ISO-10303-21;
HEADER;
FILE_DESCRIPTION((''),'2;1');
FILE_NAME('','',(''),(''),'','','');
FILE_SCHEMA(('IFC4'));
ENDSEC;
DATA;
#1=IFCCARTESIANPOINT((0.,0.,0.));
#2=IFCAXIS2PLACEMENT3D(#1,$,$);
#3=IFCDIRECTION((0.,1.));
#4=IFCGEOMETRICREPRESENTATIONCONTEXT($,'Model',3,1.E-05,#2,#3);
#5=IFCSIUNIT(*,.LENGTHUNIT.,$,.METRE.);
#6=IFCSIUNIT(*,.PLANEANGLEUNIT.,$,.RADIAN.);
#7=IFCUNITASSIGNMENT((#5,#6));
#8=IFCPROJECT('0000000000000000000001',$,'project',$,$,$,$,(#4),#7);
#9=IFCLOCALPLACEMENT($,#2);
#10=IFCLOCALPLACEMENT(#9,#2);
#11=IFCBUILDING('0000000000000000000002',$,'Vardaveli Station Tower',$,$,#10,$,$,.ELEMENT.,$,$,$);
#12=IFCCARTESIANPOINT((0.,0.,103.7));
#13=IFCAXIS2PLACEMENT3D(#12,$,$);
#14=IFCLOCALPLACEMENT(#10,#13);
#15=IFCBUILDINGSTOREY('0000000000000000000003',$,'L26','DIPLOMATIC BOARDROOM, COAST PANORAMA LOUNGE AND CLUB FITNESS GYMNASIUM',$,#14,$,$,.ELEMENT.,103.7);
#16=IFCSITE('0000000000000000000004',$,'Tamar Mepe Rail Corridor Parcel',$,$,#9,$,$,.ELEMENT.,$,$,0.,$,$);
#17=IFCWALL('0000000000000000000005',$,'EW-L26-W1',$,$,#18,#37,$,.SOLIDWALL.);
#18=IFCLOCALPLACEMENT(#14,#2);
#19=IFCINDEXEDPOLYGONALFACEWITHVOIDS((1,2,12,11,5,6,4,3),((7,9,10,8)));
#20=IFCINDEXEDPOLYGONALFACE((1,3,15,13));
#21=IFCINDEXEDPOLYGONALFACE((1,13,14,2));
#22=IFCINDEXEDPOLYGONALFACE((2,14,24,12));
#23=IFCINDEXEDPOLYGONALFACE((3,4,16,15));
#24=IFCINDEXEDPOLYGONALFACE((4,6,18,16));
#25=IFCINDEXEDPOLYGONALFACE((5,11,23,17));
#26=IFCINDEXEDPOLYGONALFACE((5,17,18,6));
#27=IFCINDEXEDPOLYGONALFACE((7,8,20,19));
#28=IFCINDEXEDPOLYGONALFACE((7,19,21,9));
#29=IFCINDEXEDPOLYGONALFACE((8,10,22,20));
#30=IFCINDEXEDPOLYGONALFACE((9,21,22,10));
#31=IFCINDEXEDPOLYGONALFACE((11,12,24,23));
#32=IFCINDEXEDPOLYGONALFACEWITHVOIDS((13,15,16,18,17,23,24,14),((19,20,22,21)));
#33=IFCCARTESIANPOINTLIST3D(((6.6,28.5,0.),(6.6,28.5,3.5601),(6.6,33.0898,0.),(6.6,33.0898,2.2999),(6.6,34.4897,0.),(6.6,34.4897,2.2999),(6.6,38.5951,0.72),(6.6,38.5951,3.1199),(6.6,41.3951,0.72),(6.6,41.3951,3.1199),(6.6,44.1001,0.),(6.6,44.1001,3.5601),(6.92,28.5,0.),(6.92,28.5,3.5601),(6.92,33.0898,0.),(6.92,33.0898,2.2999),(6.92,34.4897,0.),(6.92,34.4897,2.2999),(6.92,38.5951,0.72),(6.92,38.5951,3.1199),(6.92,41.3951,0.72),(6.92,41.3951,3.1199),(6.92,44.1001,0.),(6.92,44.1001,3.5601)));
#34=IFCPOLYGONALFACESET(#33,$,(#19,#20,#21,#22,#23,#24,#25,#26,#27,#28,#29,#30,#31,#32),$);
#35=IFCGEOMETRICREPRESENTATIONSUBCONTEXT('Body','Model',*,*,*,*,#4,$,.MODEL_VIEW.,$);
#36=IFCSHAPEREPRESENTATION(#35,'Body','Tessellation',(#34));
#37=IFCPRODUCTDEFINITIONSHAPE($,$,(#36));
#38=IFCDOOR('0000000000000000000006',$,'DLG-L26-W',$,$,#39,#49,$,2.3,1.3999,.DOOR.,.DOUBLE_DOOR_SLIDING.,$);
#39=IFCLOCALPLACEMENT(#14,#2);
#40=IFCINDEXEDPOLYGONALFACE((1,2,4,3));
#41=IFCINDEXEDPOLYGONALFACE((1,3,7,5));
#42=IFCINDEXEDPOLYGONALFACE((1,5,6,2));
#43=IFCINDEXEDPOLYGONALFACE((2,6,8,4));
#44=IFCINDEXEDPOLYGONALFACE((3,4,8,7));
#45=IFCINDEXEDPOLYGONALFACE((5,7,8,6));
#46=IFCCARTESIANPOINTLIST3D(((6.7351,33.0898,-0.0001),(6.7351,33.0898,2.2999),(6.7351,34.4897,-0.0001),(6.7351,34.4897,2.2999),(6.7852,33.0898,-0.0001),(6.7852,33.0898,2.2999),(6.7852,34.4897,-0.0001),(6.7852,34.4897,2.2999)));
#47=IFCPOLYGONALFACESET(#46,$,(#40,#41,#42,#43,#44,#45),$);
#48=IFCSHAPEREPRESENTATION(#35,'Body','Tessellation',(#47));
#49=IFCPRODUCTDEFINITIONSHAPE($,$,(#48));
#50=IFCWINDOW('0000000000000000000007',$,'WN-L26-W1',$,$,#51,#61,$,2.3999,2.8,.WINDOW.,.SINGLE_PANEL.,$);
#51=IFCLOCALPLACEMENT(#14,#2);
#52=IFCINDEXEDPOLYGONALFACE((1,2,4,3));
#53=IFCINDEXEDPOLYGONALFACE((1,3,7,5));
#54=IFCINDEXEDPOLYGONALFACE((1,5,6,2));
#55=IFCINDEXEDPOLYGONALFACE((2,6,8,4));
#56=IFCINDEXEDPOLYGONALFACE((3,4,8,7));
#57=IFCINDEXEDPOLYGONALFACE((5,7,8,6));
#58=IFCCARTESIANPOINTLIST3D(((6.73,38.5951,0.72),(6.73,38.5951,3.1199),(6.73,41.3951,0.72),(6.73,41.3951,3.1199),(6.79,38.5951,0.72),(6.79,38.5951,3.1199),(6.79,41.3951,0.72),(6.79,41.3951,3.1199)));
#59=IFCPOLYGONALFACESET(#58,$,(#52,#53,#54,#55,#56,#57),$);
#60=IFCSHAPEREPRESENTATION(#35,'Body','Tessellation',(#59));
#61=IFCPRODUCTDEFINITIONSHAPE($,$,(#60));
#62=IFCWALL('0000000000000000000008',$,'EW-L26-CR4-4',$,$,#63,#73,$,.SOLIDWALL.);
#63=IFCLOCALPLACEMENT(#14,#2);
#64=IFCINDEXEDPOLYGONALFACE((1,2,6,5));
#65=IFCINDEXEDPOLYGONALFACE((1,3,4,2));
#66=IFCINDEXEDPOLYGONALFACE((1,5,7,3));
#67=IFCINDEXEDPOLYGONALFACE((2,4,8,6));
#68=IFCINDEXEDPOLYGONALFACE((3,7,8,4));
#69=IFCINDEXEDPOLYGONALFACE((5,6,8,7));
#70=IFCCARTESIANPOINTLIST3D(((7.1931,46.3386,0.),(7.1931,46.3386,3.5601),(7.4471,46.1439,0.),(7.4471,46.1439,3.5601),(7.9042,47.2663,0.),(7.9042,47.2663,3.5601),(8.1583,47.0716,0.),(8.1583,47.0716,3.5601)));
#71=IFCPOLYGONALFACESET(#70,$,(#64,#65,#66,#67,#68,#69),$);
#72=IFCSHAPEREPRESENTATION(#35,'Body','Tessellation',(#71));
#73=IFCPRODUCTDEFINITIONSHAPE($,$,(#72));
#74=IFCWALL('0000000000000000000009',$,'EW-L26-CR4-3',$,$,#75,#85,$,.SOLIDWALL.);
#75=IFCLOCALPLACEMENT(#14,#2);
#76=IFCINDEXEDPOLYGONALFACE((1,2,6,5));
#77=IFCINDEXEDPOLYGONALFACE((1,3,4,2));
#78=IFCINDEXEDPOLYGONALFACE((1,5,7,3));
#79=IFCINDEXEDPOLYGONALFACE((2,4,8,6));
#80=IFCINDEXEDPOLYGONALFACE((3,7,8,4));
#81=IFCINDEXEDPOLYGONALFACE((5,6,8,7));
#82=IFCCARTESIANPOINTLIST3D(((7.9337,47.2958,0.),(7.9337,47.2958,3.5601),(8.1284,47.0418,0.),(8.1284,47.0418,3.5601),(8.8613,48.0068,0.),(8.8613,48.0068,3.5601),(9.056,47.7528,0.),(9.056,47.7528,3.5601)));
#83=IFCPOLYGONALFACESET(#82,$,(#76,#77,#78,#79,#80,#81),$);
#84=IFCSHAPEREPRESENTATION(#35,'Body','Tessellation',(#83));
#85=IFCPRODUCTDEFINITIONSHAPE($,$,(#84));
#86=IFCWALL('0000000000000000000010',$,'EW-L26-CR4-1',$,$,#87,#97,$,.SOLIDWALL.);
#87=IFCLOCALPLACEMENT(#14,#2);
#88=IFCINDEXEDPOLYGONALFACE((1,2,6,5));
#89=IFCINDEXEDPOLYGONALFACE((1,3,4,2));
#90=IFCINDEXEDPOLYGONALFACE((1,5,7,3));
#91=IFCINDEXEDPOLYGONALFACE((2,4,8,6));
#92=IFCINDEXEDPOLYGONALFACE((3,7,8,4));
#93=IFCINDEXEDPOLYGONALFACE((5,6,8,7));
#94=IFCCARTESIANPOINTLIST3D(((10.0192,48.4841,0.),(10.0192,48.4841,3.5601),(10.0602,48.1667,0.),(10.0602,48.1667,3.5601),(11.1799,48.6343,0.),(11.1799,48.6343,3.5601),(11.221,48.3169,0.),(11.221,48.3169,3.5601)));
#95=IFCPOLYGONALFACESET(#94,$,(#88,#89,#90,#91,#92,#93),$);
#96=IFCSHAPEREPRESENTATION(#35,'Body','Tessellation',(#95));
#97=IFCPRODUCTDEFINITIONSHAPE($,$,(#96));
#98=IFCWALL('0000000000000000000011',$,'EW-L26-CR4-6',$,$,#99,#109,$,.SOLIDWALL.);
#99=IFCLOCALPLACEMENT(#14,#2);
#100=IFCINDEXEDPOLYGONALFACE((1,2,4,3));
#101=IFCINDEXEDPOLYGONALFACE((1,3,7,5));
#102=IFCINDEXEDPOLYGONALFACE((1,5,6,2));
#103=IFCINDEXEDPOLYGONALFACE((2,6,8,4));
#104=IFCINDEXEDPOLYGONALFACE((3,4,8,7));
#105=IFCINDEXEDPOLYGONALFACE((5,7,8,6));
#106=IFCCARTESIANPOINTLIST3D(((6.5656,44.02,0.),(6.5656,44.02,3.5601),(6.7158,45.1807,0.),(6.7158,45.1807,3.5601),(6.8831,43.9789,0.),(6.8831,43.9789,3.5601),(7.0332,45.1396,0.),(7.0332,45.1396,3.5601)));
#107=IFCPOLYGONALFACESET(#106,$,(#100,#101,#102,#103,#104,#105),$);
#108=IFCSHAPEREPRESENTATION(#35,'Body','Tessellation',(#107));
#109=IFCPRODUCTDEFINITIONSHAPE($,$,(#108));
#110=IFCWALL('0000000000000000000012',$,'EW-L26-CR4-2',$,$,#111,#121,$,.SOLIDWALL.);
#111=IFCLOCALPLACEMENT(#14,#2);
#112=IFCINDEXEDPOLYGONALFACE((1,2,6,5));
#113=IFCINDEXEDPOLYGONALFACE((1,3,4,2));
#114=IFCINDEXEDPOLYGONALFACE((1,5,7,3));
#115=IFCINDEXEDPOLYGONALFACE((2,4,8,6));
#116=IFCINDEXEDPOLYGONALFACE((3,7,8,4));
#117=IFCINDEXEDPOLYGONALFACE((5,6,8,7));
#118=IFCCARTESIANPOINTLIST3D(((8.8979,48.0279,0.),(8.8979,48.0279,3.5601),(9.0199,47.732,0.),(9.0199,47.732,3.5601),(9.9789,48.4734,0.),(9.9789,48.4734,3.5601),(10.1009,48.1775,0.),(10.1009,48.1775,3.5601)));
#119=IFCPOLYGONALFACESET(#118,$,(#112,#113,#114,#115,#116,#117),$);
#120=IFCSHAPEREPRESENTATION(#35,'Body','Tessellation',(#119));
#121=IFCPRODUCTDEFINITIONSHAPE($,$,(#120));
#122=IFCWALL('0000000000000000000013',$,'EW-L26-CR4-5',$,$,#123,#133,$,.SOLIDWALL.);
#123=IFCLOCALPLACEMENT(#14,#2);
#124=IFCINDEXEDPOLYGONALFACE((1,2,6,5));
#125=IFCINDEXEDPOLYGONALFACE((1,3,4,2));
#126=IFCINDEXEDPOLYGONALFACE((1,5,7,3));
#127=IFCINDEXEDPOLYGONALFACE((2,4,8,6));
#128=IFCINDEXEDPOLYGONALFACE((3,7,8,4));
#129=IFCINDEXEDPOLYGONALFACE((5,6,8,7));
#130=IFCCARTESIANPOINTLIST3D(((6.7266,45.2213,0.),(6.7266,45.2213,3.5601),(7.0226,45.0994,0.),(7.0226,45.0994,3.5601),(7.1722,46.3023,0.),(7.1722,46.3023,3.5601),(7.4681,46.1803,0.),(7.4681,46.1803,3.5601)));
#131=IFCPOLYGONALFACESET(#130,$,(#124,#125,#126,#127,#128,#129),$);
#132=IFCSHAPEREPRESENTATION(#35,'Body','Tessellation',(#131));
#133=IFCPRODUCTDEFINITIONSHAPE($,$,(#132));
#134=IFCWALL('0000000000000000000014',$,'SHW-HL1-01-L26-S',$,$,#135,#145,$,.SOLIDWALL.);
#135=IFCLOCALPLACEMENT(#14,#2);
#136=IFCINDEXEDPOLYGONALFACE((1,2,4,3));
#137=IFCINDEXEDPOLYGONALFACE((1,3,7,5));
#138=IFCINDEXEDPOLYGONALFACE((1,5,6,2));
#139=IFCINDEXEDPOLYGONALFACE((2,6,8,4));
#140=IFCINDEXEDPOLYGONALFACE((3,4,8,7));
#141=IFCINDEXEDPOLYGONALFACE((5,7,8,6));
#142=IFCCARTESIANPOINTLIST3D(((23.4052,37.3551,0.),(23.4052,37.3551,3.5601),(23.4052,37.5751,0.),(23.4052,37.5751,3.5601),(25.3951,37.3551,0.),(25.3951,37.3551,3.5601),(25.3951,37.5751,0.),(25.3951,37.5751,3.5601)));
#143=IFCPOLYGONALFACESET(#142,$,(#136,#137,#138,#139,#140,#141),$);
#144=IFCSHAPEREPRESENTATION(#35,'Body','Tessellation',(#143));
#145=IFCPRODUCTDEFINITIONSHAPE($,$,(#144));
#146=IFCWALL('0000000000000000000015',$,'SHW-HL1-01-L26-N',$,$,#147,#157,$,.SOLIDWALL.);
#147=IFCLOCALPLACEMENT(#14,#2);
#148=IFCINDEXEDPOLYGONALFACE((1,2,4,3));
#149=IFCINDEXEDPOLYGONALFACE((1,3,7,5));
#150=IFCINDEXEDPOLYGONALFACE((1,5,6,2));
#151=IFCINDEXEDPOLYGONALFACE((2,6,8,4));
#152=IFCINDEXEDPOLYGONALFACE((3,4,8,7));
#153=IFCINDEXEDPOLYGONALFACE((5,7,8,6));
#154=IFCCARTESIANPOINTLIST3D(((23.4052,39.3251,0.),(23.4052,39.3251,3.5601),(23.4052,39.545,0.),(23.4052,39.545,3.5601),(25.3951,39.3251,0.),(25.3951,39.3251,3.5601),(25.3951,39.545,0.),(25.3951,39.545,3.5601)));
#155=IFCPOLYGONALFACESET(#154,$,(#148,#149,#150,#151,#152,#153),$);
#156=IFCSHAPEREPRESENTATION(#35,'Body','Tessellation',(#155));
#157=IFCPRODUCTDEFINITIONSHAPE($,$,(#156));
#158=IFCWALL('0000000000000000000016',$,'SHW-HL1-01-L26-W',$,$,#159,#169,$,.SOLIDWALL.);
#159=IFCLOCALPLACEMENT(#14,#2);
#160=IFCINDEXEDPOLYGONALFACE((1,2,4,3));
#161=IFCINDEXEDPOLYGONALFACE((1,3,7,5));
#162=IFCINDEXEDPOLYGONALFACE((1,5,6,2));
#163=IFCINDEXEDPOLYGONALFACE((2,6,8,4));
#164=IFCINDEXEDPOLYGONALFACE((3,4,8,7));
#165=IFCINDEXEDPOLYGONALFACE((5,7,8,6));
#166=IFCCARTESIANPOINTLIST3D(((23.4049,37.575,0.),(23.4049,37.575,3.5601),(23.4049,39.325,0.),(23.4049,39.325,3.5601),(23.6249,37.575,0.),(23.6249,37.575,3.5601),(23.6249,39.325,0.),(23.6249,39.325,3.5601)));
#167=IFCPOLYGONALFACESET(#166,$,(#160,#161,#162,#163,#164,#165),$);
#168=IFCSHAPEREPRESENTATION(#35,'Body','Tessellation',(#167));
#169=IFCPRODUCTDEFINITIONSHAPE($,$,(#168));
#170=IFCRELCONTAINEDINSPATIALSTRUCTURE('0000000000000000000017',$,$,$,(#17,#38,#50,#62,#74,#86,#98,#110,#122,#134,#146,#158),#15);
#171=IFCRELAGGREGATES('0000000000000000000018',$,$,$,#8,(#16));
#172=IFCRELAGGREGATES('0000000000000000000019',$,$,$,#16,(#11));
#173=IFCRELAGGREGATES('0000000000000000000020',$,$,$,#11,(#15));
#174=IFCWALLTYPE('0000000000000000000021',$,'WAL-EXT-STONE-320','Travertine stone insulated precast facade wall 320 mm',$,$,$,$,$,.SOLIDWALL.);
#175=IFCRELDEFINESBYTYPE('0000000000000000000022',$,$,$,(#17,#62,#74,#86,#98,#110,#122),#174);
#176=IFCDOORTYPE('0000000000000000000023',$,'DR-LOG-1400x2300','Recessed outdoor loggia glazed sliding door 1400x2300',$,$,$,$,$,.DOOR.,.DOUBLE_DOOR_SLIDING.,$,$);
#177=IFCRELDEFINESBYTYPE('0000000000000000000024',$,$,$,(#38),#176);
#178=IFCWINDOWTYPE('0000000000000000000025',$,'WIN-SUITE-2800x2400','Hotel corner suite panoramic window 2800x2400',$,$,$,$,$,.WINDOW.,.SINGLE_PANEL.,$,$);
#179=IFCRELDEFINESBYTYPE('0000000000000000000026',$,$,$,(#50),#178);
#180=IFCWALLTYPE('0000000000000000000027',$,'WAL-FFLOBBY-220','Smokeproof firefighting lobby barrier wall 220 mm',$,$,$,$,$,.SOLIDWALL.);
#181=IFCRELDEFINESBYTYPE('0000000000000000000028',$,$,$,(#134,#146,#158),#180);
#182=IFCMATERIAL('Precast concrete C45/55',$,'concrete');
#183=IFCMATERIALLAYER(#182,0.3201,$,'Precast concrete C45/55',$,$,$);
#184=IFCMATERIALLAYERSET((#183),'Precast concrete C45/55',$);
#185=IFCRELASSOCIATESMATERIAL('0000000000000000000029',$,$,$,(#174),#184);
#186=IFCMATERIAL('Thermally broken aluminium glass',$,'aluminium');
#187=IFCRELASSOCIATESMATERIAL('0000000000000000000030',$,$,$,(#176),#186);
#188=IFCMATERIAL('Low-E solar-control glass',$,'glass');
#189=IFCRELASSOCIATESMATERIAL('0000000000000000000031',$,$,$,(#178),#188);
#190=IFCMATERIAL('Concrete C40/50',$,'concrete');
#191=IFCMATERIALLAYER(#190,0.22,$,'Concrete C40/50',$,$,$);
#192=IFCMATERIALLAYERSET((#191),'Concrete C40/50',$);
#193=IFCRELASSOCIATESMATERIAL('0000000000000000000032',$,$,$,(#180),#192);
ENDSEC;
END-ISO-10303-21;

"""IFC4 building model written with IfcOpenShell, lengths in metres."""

from ifc_helpers import new_model, si_unit, direction, frame, frame_2d, origin, place, context, subcontext, project, spatial, rectangle, extrude, source, transform, mapped, material, layer, layer_set, type_object, element, fill, save


model = new_model("IFC4")

# Units and contexts
model_context = context("Model", 3, precision=1e-05, world=origin(), true_north=direction((0.0, 1.0)))
body_context = subcontext(model_context, "Body", "Model", "MODEL_VIEW")
ifc_project = project(units=[si_unit("LENGTHUNIT", "METRE"), si_unit("PLANEANGLEUNIT", "RADIAN")], contexts=[model_context])

# Site, building, storey
site_placement = place(None, origin())
site = spatial("IfcSite", under=ifc_project, at=site_placement, Name="Tamar Mepe Rail Corridor Parcel", CompositionType="ELEMENT", RefElevation=0.0)
building_placement = place(site_placement, origin())
building = spatial("IfcBuilding", under=site, at=building_placement, Name="Vardaveli Station Tower", CompositionType="ELEMENT")
storey_placement = place(building_placement, frame((0.0, 0.0, 103.7)))
storey = spatial("IfcBuildingStorey", under=building, at=storey_placement, Name="L26", Description="DIPLOMATIC BOARDROOM, COAST PANORAMA LOUNGE AND CLUB FITNESS GYMNASIUM", CompositionType="ELEMENT", Elevation=103.7)

# Shared definitions
ifc_material_1 = material(Name="Precast concrete C45/55", Category="concrete")

# Wall, openings, door, window
ifc_layer_1 = layer(ifc_material_1, 0.3201, Name="Precast concrete C45/55")
ifc_layer_set_1 = layer_set([ifc_layer_1], Name="Precast concrete C45/55")
wall_type_1 = type_object("IfcWallType", Name="WAL-EXT-STONE-320", Description="Travertine stone insulated precast facade wall 320 mm", PredefinedType="SOLIDWALL", material=ifc_layer_set_1)
shared_shape_1 = source(origin(), body_context, "Body", "SweptSolid", [
    extrude(rectangle(XDim=15.6001, YDim=0.3201, at=frame_2d((7.8, 0.0))), origin(), (0.0, 0.0, 1.0), 3.5601),
])
wall_1_placement = place(storey_placement, frame((6.76, 44.1001, 0.0), z_axis=(0.0, 0.0, 1.0), x_axis=(0.0, -1.0, 0.0)))
wall_1 = element("IfcWall", 1, at=wall_1_placement, inside=storey, type_object=wall_type_1, Name="EW-L26-W1", PredefinedType="SOLIDWALL", context=body_context, shape_type="MappedRepresentation", body=[
    mapped(shared_shape_1, transform((0.0, 0.0, 0.0), scale=1.0)),
])
shared_shape_2 = source(origin(), body_context, "Body", "SweptSolid", [
    extrude(rectangle(XDim=1.3999, YDim=2.3, at=frame_2d((0.7, 1.1499))), frame((0.0, 0.1699, 0.0), z_axis=(0.0, -1.0, 0.0), x_axis=(1.0, 0.0, 0.0)), (0.0, 0.0, 1.0), 0.3401),
])
opening_1_placement = place(wall_1_placement, frame((9.6104, 0.0, 0.0)))
opening_1 = element("IfcOpeningElement", 2, at=opening_1_placement, cuts=wall_1, PredefinedType="OPENING", context=body_context, shape_type="MappedRepresentation", body=[
    mapped(shared_shape_2, transform((0.0, 0.0, 0.0), scale=1.0)),
])
shared_shape_3 = source(origin(), body_context, "Body", "SweptSolid", [
    extrude(rectangle(XDim=2.8, YDim=2.3999, at=frame_2d((1.3999, 1.2))), frame((0.0, 0.1699, 0.0), z_axis=(0.0, -1.0, 0.0), x_axis=(1.0, 0.0, 0.0)), (0.0, 0.0, 1.0), 0.3401),
])
opening_2_placement = place(wall_1_placement, frame((2.7051, 0.0, 0.72)))
opening_2 = element("IfcOpeningElement", 3, at=opening_2_placement, cuts=wall_1, PredefinedType="OPENING", context=body_context, shape_type="MappedRepresentation", body=[
    mapped(shared_shape_3, transform((0.0, 0.0, 0.0), scale=1.0)),
])
ifc_material_2 = material(Name="Thermally broken aluminium glass", Category="aluminium")
door_type_1 = type_object("IfcDoorType", Name="DR-LOG-1400x2300", Description="Recessed outdoor loggia glazed sliding door 1400x2300", OperationType="DOUBLE_DOOR_SLIDING", PredefinedType="DOOR", material=ifc_material_2)
shared_shape_4 = source(origin(), body_context, "Body", "SweptSolid", [
    extrude(rectangle(XDim=1.3999, YDim=2.3, at=frame_2d((0.7, 1.1499))), frame((0.0, 0.0249, 0.0), z_axis=(0.0, -1.0, 0.0), x_axis=(1.0, 0.0, 0.0)), (0.0, 0.0, 1.0), 0.05),
])
door_1_placement = place(opening_1_placement, frame((1.3999, 0.0, 0.0), z_axis=(0.0, 0.0, 1.0), x_axis=(-1.0, 0.0, 0.0)))
door_1 = element("IfcDoor", 4, at=door_1_placement, inside=storey, type_object=door_type_1, Name="DLG-L26-W", OperationType="DOUBLE_DOOR_SLIDING", OverallHeight=2.3, OverallWidth=1.3999, PredefinedType="DOOR", context=body_context, shape_type="MappedRepresentation", body=[
    mapped(shared_shape_4, transform((0.0, 0.0, 0.0), scale=1.0)),
])
fill(opening_1, door_1)
ifc_material_3 = material(Name="Low-E solar-control glass", Category="glass")
window_type = type_object("IfcWindowType", Name="WIN-SUITE-2800x2400", Description="Hotel corner suite panoramic window 2800x2400", PartitioningType="SINGLE_PANEL", PredefinedType="WINDOW", material=ifc_material_3)
shared_shape_5 = source(origin(), body_context, "Body", "SweptSolid", [
    extrude(rectangle(XDim=2.8, YDim=2.3999, at=frame_2d((1.3999, 1.2))), frame((0.0, 0.03, 0.0), z_axis=(0.0, -1.0, 0.0), x_axis=(1.0, 0.0, 0.0)), (0.0, 0.0, 1.0), 0.0601),
])
window_placement = place(opening_2_placement, origin())
window = element("IfcWindow", 5, at=window_placement, inside=storey, type_object=window_type, Name="WN-L26-W1", OverallHeight=2.3999, OverallWidth=2.8, PartitioningType="SINGLE_PANEL", PredefinedType="WINDOW", context=body_context, shape_type="MappedRepresentation", body=[
    mapped(shared_shape_5, transform((0.0, 0.0, 0.0), scale=1.0)),
])
fill(opening_2, window)

# Walls
shared_shape_6 = source(origin(), body_context, "Body", "SweptSolid", [
    extrude(rectangle(XDim=1.1689, YDim=0.3201, at=frame_2d((0.5845, 0.0))), origin(), (0.0, 0.0, 1.0), 3.5601),
])
wall_2_placement = place(storey_placement, frame((8.0312, 47.1689, 0.0), z_axis=(0.0, 0.0, 1.0), x_axis=(-0.608388, -0.79364, 0.0)))
element("IfcWall", 6, at=wall_2_placement, inside=storey, type_object=wall_type_1, Name="EW-L26-CR4-4", PredefinedType="SOLIDWALL", context=body_context, shape_type="MappedRepresentation", body=[
    mapped(shared_shape_6, transform((0.0, 0.0, 0.0), scale=1.0)),
])
shared_shape_7 = source(origin(), body_context, "Body", "SweptSolid", [
    extrude(rectangle(XDim=1.1687, YDim=0.3201, at=frame_2d((0.5845, 0.0))), origin(), (0.0, 0.0, 1.0), 3.5601),
])
wall_3_placement = place(storey_placement, frame((8.9587, 47.8799, 0.0), z_axis=(0.0, 0.0, 1.0), x_axis=(-0.793664, -0.608357, 0.0)))
element("IfcWall", 7, at=wall_3_placement, inside=storey, type_object=wall_type_1, Name="EW-L26-CR4-3", PredefinedType="SOLIDWALL", context=body_context, shape_type="MappedRepresentation", body=[
    mapped(shared_shape_7, transform((0.0, 0.0, 0.0), scale=1.0)),
])
shared_shape_8 = source(origin(), body_context, "Body", "SweptSolid", [
    extrude(rectangle(XDim=1.1704, YDim=0.3201, at=frame_2d((0.5852, 0.0))), origin(), (0.0, 0.0, 1.0), 3.5601),
])
for number, where, z_axis, x_axis, name in (
    (8, (11.2004, 48.4756, 0.0), (0.0, 0.0, 1.0), (-0.991736, -0.128296, 0.0), "EW-L26-CR4-1"),
    (9, (6.8745, 45.1602, 0.0), (0.0, 0.0, 1.0), (-0.128296, -0.991736, 0.0), "EW-L26-CR4-6"),
):
    element("IfcWall", number, at=place(storey_placement, frame(where, z_axis=z_axis, x_axis=x_axis)), inside=storey, type_object=wall_type_1, Name=name, PredefinedType="SOLIDWALL", context=body_context, shape_type="MappedRepresentation", body=[
        mapped(shared_shape_8, transform((0.0, 0.0, 0.0), scale=1.0)),
    ])
shared_shape_9 = source(origin(), body_context, "Body", "SweptSolid", [
    extrude(rectangle(XDim=1.1692, YDim=0.3201, at=frame_2d((0.5845, 0.0))), origin(), (0.0, 0.0, 1.0), 3.5601),
])
for number, where, z_axis, x_axis, name in (
    (10, (10.0398, 48.3254, 0.0), (0.0, 0.0, 1.0), (-0.924553, -0.381054, 0.0), "EW-L26-CR4-2"),
    (11, (7.3201, 46.2412, 0.0), (0.0, 0.0, 1.0), (-0.381054, -0.924553, 0.0), "EW-L26-CR4-5"),
):
    element("IfcWall", number, at=place(storey_placement, frame(where, z_axis=z_axis, x_axis=x_axis)), inside=storey, type_object=wall_type_1, Name=name, PredefinedType="SOLIDWALL", context=body_context, shape_type="MappedRepresentation", body=[
        mapped(shared_shape_9, transform((0.0, 0.0, 0.0), scale=1.0)),
    ])
ifc_material_4 = material(Name="Concrete C40/50", Category="concrete")
ifc_layer_2 = layer(ifc_material_4, 0.22, Name="Concrete C40/50")
ifc_layer_set_2 = layer_set([ifc_layer_2], Name="Concrete C40/50")
wall_type_2 = type_object("IfcWallType", Name="WAL-FFLOBBY-220", Description="Smokeproof firefighting lobby barrier wall 220 mm", PredefinedType="SOLIDWALL", material=ifc_layer_set_2)
shared_shape_10 = source(origin(), body_context, "Body", "SweptSolid", [
    extrude(rectangle(XDim=1.99, YDim=0.22, at=frame_2d((0.9951, 0.0))), origin(), (0.0, 0.0, 1.0), 3.5601),
])
for number, where, z_axis, x_axis, name in (
    (12, (23.405, 37.4651, 0.0), (0.0, 0.0, 1.0), (1.0, 0.0, 0.0), "SHW-HL1-01-L26-S"),
    (13, (23.405, 39.4351, 0.0), (0.0, 0.0, 1.0), (1.0, 0.0, 0.0), "SHW-HL1-01-L26-N"),
):
    element("IfcWall", number, at=place(storey_placement, frame(where, z_axis=z_axis, x_axis=x_axis)), inside=storey, type_object=wall_type_2, Name=name, PredefinedType="SOLIDWALL", context=body_context, shape_type="MappedRepresentation", body=[
        mapped(shared_shape_10, transform((0.0, 0.0, 0.0), scale=1.0)),
    ])
shared_shape_11 = source(origin(), body_context, "Body", "SweptSolid", [
    extrude(rectangle(XDim=1.75, YDim=0.22, at=frame_2d((0.875, 0.0))), origin(), (0.0, 0.0, 1.0), 3.5601),
])
wall_4_placement = place(storey_placement, frame((23.5149, 37.575, 0.0), z_axis=(0.0, 0.0, 1.0), x_axis=(0.0, 1.0, 0.0)))
element("IfcWall", 14, at=wall_4_placement, inside=storey, type_object=wall_type_2, Name="SHW-HL1-01-L26-W", PredefinedType="SOLIDWALL", context=body_context, shape_type="MappedRepresentation", body=[
    mapped(shared_shape_11, transform((0.0, 0.0, 0.0), scale=1.0)),
])

save(model, "model.ifc")
